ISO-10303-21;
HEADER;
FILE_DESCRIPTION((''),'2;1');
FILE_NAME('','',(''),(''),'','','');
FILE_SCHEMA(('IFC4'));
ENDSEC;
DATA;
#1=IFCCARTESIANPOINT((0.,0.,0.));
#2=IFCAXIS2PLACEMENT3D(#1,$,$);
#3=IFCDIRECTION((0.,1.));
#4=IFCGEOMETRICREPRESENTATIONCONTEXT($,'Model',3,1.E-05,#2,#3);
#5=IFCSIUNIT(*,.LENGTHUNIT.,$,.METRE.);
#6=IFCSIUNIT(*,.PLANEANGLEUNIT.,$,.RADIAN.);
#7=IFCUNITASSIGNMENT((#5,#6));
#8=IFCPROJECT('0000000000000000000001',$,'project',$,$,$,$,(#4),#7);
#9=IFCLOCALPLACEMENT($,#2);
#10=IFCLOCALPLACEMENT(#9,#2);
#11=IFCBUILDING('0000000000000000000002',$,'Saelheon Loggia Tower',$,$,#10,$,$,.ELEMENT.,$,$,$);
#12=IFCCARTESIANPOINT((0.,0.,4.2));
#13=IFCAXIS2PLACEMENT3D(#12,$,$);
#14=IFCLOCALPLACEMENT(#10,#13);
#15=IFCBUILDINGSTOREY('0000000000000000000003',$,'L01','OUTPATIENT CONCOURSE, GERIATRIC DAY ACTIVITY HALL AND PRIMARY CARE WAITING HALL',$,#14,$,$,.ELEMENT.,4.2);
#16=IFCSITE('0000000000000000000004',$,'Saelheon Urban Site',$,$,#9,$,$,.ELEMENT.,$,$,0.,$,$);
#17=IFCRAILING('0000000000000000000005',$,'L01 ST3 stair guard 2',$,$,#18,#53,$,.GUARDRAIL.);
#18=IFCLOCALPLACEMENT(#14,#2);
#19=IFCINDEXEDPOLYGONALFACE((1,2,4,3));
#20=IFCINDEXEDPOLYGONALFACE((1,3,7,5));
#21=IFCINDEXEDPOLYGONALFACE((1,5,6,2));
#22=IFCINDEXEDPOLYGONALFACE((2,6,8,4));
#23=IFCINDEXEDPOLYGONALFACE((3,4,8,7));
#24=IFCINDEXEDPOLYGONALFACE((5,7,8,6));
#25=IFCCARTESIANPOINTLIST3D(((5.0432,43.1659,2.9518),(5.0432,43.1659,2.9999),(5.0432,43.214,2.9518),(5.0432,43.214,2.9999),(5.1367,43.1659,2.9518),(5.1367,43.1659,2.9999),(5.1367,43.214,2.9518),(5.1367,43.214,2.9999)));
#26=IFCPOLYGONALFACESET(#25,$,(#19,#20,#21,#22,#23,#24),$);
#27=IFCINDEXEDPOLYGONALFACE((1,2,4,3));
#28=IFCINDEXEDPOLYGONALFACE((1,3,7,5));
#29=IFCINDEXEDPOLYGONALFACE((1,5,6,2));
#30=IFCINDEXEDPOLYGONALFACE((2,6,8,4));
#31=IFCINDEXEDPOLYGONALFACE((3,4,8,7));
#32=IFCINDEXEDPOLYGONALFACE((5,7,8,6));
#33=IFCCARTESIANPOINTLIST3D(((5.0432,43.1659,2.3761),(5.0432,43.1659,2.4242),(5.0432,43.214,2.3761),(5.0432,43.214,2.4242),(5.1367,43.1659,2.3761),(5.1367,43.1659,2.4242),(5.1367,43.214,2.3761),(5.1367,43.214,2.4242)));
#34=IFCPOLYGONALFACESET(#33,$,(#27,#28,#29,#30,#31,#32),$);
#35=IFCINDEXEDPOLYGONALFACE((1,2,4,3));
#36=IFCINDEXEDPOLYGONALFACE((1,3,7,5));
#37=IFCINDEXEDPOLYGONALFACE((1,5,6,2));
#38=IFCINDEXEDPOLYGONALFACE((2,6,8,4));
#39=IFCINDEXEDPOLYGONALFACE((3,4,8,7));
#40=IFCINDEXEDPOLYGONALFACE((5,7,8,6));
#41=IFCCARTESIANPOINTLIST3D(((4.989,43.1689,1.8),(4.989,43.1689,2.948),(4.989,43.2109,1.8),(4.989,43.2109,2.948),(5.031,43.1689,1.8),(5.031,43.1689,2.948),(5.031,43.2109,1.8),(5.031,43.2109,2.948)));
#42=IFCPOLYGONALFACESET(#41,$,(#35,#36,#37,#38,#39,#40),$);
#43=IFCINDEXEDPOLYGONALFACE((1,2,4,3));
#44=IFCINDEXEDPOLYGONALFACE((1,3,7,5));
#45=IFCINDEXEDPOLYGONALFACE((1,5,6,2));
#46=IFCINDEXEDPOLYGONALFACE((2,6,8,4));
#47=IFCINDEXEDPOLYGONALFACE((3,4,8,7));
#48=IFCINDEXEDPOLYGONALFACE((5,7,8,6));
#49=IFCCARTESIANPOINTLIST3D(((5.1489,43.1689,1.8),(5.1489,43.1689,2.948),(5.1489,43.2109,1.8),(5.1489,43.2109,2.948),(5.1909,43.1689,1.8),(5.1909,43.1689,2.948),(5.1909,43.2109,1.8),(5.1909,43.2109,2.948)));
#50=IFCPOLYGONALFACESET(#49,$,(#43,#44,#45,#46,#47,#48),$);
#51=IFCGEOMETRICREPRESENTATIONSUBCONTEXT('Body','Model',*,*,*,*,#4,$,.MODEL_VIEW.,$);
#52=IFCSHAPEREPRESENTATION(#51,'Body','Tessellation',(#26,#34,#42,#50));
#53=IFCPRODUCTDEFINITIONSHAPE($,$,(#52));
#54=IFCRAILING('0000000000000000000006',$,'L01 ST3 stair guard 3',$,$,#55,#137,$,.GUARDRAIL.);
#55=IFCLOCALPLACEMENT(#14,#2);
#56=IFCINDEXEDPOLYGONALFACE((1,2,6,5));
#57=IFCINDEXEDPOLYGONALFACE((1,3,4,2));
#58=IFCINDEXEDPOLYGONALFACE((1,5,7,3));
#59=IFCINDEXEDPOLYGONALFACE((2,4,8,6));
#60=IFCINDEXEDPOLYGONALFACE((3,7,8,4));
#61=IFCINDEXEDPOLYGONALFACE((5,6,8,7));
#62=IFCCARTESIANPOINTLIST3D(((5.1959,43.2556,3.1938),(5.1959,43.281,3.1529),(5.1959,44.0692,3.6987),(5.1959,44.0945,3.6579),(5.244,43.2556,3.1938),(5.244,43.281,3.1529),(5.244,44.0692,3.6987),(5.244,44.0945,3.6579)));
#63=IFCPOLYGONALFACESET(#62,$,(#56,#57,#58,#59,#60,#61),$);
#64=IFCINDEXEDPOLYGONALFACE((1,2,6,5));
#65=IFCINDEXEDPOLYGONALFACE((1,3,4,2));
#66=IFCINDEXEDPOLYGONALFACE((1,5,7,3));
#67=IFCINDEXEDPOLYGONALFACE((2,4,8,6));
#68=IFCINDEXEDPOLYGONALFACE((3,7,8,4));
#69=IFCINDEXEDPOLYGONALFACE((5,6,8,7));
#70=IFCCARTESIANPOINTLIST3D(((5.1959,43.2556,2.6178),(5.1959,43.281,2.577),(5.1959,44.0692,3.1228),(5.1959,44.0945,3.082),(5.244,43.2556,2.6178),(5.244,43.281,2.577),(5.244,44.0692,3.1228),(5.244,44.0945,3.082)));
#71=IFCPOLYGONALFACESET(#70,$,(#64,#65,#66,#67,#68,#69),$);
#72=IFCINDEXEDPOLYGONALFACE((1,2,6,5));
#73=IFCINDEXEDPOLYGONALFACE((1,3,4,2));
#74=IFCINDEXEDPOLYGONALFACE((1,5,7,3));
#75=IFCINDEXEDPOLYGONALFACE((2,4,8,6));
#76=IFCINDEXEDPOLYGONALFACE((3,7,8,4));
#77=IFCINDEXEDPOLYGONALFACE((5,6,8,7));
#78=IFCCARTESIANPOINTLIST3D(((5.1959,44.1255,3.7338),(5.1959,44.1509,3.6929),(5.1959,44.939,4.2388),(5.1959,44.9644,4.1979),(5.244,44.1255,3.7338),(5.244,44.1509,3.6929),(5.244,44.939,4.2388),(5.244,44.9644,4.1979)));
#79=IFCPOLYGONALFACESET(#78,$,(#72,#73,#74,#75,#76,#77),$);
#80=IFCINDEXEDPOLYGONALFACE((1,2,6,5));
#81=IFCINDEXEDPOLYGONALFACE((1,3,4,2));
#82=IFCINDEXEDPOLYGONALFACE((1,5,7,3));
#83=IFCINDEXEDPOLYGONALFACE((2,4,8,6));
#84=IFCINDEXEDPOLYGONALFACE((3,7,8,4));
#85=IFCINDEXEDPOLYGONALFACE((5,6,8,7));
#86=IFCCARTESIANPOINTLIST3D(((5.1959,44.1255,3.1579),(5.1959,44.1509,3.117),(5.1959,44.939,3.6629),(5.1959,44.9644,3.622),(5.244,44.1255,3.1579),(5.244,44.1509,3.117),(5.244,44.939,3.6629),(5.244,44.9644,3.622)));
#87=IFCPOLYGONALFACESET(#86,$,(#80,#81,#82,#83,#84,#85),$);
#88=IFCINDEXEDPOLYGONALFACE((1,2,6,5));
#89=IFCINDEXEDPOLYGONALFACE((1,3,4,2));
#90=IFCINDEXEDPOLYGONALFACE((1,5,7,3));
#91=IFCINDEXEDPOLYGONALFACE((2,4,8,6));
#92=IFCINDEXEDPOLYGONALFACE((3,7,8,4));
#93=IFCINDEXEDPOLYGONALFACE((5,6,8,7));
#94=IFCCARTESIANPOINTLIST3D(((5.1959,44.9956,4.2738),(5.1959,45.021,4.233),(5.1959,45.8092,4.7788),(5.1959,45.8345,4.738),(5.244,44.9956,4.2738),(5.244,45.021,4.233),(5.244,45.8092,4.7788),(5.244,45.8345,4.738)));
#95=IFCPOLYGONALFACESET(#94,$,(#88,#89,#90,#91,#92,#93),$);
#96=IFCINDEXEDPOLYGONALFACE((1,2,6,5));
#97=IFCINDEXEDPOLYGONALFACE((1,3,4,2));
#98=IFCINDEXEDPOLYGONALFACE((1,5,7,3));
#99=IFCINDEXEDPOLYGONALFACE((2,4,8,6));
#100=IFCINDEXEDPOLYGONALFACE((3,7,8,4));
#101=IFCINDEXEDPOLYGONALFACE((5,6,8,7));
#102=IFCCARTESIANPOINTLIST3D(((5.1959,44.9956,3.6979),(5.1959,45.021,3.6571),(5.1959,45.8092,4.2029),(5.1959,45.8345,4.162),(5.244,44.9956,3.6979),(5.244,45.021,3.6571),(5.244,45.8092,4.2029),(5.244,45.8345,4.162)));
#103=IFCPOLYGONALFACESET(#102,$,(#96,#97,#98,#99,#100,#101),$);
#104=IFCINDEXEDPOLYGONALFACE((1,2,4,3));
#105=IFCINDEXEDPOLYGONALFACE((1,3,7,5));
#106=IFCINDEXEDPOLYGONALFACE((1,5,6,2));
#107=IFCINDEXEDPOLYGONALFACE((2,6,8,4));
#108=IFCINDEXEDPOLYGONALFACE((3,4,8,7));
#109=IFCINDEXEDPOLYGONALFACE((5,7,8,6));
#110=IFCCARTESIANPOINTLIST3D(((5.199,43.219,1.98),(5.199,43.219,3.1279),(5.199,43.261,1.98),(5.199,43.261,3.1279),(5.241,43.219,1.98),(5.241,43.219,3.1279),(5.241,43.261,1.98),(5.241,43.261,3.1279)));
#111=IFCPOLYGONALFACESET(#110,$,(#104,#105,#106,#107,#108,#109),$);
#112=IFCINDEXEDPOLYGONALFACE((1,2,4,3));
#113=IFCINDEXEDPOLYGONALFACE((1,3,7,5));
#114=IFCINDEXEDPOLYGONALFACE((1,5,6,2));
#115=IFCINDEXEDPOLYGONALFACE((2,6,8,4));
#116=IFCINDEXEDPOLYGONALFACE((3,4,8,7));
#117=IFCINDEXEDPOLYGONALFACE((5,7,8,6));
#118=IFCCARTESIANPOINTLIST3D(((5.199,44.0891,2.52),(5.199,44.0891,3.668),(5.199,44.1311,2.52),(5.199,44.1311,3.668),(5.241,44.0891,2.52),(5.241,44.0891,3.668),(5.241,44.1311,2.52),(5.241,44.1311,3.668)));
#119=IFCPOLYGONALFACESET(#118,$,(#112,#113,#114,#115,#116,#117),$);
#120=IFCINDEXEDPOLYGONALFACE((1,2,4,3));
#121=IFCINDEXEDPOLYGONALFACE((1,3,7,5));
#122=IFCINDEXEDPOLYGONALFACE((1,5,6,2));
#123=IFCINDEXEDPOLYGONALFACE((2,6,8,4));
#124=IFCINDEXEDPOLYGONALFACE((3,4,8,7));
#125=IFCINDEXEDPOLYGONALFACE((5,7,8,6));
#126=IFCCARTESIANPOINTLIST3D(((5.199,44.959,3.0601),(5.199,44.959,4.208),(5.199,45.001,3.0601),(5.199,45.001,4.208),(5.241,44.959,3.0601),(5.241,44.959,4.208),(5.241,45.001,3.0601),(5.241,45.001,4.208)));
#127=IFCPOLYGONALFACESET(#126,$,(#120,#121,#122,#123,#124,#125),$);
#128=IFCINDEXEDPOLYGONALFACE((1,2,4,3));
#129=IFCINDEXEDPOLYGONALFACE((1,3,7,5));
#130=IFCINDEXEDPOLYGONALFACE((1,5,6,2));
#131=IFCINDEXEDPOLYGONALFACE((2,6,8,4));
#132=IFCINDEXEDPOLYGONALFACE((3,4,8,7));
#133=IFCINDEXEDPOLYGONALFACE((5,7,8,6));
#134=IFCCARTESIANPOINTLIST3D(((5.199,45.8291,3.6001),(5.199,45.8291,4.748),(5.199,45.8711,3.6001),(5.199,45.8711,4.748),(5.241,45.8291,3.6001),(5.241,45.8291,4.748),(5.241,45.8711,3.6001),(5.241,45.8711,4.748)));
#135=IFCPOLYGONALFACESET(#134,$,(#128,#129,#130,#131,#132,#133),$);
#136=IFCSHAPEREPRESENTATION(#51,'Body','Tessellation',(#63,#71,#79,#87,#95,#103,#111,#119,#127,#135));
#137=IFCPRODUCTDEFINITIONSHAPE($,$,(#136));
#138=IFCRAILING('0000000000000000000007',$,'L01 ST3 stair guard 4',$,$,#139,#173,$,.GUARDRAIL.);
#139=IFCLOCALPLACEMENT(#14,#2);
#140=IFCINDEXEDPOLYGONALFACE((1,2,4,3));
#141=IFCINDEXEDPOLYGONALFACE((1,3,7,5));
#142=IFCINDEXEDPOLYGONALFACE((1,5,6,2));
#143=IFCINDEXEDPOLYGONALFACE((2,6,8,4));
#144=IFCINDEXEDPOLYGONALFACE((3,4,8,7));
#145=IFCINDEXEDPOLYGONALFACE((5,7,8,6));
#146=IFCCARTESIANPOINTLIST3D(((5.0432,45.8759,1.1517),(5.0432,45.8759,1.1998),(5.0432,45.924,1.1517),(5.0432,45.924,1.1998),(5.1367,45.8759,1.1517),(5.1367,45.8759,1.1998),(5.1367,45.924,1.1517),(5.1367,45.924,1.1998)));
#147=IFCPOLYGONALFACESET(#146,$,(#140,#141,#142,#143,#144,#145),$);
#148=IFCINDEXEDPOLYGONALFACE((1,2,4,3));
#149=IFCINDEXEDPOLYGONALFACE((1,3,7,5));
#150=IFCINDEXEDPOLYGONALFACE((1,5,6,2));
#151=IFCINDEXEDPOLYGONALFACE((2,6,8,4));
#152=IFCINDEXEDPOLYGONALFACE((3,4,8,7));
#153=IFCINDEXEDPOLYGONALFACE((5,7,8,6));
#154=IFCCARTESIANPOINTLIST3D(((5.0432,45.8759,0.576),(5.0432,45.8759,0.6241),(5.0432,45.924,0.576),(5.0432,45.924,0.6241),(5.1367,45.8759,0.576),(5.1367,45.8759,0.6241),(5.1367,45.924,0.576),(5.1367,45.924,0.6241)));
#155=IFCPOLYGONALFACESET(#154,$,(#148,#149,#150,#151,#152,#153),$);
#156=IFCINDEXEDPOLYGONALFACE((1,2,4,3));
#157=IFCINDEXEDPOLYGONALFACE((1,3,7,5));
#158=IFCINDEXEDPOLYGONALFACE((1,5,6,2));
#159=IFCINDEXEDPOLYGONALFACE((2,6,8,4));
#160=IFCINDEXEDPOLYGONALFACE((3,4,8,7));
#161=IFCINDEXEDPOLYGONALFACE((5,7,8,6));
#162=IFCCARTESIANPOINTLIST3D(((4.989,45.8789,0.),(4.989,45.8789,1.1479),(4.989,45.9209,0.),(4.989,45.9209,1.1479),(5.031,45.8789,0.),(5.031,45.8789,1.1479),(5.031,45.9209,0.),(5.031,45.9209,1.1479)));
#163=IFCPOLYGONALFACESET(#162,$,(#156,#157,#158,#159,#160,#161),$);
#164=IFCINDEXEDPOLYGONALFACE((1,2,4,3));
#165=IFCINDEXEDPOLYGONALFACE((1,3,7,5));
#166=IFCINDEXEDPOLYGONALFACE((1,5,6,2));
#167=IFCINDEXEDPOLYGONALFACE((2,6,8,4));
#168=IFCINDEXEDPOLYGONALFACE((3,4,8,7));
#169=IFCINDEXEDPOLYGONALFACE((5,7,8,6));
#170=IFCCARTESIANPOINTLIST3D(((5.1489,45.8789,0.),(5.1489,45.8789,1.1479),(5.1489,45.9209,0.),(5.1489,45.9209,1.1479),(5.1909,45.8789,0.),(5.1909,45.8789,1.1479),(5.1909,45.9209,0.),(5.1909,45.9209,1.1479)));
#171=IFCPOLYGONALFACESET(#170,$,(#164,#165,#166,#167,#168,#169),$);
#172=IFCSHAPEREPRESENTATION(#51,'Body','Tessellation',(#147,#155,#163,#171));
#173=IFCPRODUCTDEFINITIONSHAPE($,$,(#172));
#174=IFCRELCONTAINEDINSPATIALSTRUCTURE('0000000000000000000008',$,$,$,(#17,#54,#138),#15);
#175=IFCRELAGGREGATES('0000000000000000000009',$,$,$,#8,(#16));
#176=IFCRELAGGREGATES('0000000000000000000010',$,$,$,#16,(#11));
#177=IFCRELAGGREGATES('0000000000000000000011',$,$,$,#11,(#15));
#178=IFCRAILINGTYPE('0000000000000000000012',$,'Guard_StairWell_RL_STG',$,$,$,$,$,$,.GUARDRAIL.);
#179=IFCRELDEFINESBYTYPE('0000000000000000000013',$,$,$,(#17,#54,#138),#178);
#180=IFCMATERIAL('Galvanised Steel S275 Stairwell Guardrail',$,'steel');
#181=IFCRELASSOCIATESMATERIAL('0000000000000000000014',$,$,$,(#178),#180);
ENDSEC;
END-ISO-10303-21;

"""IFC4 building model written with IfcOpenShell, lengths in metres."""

from ifc_helpers import new_model, si_unit, direction, frame, origin, origin_2d, place, context, subcontext, project, spatial, rectangle, extrude, material, type_object, element, save


model = new_model("IFC4")

# Units and contexts
model_context = context("Model", 3, precision=1e-05, world=origin(), true_north=direction((0.0, 1.0)))
body_context = subcontext(model_context, "Body", "Model", "MODEL_VIEW")
ifc_project = project(units=[si_unit("LENGTHUNIT", "METRE"), si_unit("PLANEANGLEUNIT", "RADIAN")], contexts=[model_context])

# Site, building, storey
site_placement = place(None, origin())
site = spatial("IfcSite", under=ifc_project, at=site_placement, Name="Saelheon Urban Site", CompositionType="ELEMENT", RefElevation=0.0)
building_placement = place(site_placement, origin())
building = spatial("IfcBuilding", under=site, at=building_placement, Name="Saelheon Loggia Tower", CompositionType="ELEMENT")
storey_placement = place(building_placement, frame((0.0, 0.0, 4.2)))
storey = spatial("IfcBuildingStorey", under=building, at=storey_placement, Name="L01", Description="OUTPATIENT CONCOURSE, GERIATRIC DAY ACTIVITY HALL AND PRIMARY CARE WAITING HALL", CompositionType="ELEMENT", Elevation=4.2)

# Railings
ifc_material_1 = material(Name="Galvanised Steel S275 Stairwell Guardrail", Category="steel")
railing_type_1 = type_object("IfcRailingType", Name="Guard_StairWell_RL_STG", PredefinedType="GUARDRAIL", material=ifc_material_1)
railing_1_placement = place(storey_placement, frame((5.01, 43.1899, 1.8)))
element("IfcRailing", 1, at=railing_1_placement, inside=storey, type_object=railing_type_1, Name="L01 ST3 stair guard 2", PredefinedType="GUARDRAIL", context=body_context, shape_type="SweptSolid", body=[
    extrude(rectangle(XDim=0.0481, YDim=0.0481, at=origin_2d()), frame((0.0332, 0.0, 1.1758), z_axis=(1.0, 0.0, 0.0), x_axis=(0.0, 1.0, 0.0)), (0.0, 0.0, 1.0), 0.0935),
    extrude(rectangle(XDim=0.0481, YDim=0.0481, at=origin_2d()), frame((0.0332, 0.0, 0.6001), z_axis=(1.0, 0.0, 0.0), x_axis=(0.0, 1.0, 0.0)), (0.0, 0.0, 1.0), 0.0935),
    extrude(rectangle(XDim=0.042, YDim=0.042, at=origin_2d()), origin(), (0.0, 0.0, 1.0), 1.1479),
    extrude(rectangle(XDim=0.042, YDim=0.042, at=origin_2d()), frame((0.1599, 0.0, 0.0)), (0.0, 0.0, 1.0), 1.1479),
])
railing_2_placement = place(storey_placement, frame((5.22, 43.24, 1.98)))
element("IfcRailing", 2, at=railing_2_placement, inside=storey, type_object=railing_type_1, Name="L01 ST3 stair guard 3", PredefinedType="GUARDRAIL", context=body_context, shape_type="SweptSolid", body=[
    extrude(rectangle(XDim=0.0481, YDim=0.0481, at=origin_2d()), frame((0.0, 0.0283, 1.1934), z_axis=(0.0, 0.849633, 0.527375), x_axis=(-1.0, 0.0, 0.0)), (0.0, 0.0, 1.0), 0.9575),
    extrude(rectangle(XDim=0.0481, YDim=0.0481, at=origin_2d()), frame((0.0, 0.0283, 0.6174), z_axis=(0.0, 0.849633, 0.527375), x_axis=(-1.0, 0.0, 0.0)), (0.0, 0.0, 1.0), 0.9575),
    extrude(rectangle(XDim=0.0481, YDim=0.0481, at=origin_2d()), frame((0.0, 0.8982, 1.7334), z_axis=(0.0, 0.849633, 0.527375), x_axis=(-1.0, 0.0, 0.0)), (0.0, 0.0, 1.0), 0.9575),
    extrude(rectangle(XDim=0.0481, YDim=0.0481, at=origin_2d()), frame((0.0, 0.8982, 1.1575), z_axis=(0.0, 0.849633, 0.527375), x_axis=(-1.0, 0.0, 0.0)), (0.0, 0.0, 1.0), 0.9575),
    extrude(rectangle(XDim=0.0481, YDim=0.0481, at=origin_2d()), frame((0.0, 1.7683, 2.2734), z_axis=(0.0, 0.849633, 0.527375), x_axis=(-1.0, 0.0, 0.0)), (0.0, 0.0, 1.0), 0.9575),
    extrude(rectangle(XDim=0.0481, YDim=0.0481, at=origin_2d()), frame((0.0, 1.7683, 1.6975), z_axis=(0.0, 0.849633, 0.527375), x_axis=(-1.0, 0.0, 0.0)), (0.0, 0.0, 1.0), 0.9575),
    extrude(rectangle(XDim=0.042, YDim=0.042, at=origin_2d()), origin(), (0.0, 0.0, 1.0), 1.1479),
    extrude(rectangle(XDim=0.042, YDim=0.042, at=origin_2d()), frame((0.0, 0.8701, 0.54)), (0.0, 0.0, 1.0), 1.1479),
    extrude(rectangle(XDim=0.042, YDim=0.042, at=origin_2d()), frame((0.0, 1.74, 1.0801)), (0.0, 0.0, 1.0), 1.1479),
    extrude(rectangle(XDim=0.042, YDim=0.042, at=origin_2d()), frame((0.0, 2.6101, 1.6201)), (0.0, 0.0, 1.0), 1.1479),
])
railing_3_placement = place(storey_placement, frame((5.01, 45.8999, 0.0)))
element("IfcRailing", 3, at=railing_3_placement, inside=storey, type_object=railing_type_1, Name="L01 ST3 stair guard 4", PredefinedType="GUARDRAIL", context=body_context, shape_type="SweptSolid", body=[
    extrude(rectangle(XDim=0.0481, YDim=0.0481, at=origin_2d()), frame((0.0332, 0.0, 1.1758), z_axis=(1.0, 0.0, 0.0), x_axis=(0.0, 1.0, 0.0)), (0.0, 0.0, 1.0), 0.0935),
    extrude(rectangle(XDim=0.0481, YDim=0.0481, at=origin_2d()), frame((0.0332, 0.0, 0.6001), z_axis=(1.0, 0.0, 0.0), x_axis=(0.0, 1.0, 0.0)), (0.0, 0.0, 1.0), 0.0935),
    extrude(rectangle(XDim=0.042, YDim=0.042, at=origin_2d()), origin(), (0.0, 0.0, 1.0), 1.1479),
    extrude(rectangle(XDim=0.042, YDim=0.042, at=origin_2d()), frame((0.1599, 0.0, 0.0)), (0.0, 0.0, 1.0), 1.1479),
])

save(model, "model.ifc")
